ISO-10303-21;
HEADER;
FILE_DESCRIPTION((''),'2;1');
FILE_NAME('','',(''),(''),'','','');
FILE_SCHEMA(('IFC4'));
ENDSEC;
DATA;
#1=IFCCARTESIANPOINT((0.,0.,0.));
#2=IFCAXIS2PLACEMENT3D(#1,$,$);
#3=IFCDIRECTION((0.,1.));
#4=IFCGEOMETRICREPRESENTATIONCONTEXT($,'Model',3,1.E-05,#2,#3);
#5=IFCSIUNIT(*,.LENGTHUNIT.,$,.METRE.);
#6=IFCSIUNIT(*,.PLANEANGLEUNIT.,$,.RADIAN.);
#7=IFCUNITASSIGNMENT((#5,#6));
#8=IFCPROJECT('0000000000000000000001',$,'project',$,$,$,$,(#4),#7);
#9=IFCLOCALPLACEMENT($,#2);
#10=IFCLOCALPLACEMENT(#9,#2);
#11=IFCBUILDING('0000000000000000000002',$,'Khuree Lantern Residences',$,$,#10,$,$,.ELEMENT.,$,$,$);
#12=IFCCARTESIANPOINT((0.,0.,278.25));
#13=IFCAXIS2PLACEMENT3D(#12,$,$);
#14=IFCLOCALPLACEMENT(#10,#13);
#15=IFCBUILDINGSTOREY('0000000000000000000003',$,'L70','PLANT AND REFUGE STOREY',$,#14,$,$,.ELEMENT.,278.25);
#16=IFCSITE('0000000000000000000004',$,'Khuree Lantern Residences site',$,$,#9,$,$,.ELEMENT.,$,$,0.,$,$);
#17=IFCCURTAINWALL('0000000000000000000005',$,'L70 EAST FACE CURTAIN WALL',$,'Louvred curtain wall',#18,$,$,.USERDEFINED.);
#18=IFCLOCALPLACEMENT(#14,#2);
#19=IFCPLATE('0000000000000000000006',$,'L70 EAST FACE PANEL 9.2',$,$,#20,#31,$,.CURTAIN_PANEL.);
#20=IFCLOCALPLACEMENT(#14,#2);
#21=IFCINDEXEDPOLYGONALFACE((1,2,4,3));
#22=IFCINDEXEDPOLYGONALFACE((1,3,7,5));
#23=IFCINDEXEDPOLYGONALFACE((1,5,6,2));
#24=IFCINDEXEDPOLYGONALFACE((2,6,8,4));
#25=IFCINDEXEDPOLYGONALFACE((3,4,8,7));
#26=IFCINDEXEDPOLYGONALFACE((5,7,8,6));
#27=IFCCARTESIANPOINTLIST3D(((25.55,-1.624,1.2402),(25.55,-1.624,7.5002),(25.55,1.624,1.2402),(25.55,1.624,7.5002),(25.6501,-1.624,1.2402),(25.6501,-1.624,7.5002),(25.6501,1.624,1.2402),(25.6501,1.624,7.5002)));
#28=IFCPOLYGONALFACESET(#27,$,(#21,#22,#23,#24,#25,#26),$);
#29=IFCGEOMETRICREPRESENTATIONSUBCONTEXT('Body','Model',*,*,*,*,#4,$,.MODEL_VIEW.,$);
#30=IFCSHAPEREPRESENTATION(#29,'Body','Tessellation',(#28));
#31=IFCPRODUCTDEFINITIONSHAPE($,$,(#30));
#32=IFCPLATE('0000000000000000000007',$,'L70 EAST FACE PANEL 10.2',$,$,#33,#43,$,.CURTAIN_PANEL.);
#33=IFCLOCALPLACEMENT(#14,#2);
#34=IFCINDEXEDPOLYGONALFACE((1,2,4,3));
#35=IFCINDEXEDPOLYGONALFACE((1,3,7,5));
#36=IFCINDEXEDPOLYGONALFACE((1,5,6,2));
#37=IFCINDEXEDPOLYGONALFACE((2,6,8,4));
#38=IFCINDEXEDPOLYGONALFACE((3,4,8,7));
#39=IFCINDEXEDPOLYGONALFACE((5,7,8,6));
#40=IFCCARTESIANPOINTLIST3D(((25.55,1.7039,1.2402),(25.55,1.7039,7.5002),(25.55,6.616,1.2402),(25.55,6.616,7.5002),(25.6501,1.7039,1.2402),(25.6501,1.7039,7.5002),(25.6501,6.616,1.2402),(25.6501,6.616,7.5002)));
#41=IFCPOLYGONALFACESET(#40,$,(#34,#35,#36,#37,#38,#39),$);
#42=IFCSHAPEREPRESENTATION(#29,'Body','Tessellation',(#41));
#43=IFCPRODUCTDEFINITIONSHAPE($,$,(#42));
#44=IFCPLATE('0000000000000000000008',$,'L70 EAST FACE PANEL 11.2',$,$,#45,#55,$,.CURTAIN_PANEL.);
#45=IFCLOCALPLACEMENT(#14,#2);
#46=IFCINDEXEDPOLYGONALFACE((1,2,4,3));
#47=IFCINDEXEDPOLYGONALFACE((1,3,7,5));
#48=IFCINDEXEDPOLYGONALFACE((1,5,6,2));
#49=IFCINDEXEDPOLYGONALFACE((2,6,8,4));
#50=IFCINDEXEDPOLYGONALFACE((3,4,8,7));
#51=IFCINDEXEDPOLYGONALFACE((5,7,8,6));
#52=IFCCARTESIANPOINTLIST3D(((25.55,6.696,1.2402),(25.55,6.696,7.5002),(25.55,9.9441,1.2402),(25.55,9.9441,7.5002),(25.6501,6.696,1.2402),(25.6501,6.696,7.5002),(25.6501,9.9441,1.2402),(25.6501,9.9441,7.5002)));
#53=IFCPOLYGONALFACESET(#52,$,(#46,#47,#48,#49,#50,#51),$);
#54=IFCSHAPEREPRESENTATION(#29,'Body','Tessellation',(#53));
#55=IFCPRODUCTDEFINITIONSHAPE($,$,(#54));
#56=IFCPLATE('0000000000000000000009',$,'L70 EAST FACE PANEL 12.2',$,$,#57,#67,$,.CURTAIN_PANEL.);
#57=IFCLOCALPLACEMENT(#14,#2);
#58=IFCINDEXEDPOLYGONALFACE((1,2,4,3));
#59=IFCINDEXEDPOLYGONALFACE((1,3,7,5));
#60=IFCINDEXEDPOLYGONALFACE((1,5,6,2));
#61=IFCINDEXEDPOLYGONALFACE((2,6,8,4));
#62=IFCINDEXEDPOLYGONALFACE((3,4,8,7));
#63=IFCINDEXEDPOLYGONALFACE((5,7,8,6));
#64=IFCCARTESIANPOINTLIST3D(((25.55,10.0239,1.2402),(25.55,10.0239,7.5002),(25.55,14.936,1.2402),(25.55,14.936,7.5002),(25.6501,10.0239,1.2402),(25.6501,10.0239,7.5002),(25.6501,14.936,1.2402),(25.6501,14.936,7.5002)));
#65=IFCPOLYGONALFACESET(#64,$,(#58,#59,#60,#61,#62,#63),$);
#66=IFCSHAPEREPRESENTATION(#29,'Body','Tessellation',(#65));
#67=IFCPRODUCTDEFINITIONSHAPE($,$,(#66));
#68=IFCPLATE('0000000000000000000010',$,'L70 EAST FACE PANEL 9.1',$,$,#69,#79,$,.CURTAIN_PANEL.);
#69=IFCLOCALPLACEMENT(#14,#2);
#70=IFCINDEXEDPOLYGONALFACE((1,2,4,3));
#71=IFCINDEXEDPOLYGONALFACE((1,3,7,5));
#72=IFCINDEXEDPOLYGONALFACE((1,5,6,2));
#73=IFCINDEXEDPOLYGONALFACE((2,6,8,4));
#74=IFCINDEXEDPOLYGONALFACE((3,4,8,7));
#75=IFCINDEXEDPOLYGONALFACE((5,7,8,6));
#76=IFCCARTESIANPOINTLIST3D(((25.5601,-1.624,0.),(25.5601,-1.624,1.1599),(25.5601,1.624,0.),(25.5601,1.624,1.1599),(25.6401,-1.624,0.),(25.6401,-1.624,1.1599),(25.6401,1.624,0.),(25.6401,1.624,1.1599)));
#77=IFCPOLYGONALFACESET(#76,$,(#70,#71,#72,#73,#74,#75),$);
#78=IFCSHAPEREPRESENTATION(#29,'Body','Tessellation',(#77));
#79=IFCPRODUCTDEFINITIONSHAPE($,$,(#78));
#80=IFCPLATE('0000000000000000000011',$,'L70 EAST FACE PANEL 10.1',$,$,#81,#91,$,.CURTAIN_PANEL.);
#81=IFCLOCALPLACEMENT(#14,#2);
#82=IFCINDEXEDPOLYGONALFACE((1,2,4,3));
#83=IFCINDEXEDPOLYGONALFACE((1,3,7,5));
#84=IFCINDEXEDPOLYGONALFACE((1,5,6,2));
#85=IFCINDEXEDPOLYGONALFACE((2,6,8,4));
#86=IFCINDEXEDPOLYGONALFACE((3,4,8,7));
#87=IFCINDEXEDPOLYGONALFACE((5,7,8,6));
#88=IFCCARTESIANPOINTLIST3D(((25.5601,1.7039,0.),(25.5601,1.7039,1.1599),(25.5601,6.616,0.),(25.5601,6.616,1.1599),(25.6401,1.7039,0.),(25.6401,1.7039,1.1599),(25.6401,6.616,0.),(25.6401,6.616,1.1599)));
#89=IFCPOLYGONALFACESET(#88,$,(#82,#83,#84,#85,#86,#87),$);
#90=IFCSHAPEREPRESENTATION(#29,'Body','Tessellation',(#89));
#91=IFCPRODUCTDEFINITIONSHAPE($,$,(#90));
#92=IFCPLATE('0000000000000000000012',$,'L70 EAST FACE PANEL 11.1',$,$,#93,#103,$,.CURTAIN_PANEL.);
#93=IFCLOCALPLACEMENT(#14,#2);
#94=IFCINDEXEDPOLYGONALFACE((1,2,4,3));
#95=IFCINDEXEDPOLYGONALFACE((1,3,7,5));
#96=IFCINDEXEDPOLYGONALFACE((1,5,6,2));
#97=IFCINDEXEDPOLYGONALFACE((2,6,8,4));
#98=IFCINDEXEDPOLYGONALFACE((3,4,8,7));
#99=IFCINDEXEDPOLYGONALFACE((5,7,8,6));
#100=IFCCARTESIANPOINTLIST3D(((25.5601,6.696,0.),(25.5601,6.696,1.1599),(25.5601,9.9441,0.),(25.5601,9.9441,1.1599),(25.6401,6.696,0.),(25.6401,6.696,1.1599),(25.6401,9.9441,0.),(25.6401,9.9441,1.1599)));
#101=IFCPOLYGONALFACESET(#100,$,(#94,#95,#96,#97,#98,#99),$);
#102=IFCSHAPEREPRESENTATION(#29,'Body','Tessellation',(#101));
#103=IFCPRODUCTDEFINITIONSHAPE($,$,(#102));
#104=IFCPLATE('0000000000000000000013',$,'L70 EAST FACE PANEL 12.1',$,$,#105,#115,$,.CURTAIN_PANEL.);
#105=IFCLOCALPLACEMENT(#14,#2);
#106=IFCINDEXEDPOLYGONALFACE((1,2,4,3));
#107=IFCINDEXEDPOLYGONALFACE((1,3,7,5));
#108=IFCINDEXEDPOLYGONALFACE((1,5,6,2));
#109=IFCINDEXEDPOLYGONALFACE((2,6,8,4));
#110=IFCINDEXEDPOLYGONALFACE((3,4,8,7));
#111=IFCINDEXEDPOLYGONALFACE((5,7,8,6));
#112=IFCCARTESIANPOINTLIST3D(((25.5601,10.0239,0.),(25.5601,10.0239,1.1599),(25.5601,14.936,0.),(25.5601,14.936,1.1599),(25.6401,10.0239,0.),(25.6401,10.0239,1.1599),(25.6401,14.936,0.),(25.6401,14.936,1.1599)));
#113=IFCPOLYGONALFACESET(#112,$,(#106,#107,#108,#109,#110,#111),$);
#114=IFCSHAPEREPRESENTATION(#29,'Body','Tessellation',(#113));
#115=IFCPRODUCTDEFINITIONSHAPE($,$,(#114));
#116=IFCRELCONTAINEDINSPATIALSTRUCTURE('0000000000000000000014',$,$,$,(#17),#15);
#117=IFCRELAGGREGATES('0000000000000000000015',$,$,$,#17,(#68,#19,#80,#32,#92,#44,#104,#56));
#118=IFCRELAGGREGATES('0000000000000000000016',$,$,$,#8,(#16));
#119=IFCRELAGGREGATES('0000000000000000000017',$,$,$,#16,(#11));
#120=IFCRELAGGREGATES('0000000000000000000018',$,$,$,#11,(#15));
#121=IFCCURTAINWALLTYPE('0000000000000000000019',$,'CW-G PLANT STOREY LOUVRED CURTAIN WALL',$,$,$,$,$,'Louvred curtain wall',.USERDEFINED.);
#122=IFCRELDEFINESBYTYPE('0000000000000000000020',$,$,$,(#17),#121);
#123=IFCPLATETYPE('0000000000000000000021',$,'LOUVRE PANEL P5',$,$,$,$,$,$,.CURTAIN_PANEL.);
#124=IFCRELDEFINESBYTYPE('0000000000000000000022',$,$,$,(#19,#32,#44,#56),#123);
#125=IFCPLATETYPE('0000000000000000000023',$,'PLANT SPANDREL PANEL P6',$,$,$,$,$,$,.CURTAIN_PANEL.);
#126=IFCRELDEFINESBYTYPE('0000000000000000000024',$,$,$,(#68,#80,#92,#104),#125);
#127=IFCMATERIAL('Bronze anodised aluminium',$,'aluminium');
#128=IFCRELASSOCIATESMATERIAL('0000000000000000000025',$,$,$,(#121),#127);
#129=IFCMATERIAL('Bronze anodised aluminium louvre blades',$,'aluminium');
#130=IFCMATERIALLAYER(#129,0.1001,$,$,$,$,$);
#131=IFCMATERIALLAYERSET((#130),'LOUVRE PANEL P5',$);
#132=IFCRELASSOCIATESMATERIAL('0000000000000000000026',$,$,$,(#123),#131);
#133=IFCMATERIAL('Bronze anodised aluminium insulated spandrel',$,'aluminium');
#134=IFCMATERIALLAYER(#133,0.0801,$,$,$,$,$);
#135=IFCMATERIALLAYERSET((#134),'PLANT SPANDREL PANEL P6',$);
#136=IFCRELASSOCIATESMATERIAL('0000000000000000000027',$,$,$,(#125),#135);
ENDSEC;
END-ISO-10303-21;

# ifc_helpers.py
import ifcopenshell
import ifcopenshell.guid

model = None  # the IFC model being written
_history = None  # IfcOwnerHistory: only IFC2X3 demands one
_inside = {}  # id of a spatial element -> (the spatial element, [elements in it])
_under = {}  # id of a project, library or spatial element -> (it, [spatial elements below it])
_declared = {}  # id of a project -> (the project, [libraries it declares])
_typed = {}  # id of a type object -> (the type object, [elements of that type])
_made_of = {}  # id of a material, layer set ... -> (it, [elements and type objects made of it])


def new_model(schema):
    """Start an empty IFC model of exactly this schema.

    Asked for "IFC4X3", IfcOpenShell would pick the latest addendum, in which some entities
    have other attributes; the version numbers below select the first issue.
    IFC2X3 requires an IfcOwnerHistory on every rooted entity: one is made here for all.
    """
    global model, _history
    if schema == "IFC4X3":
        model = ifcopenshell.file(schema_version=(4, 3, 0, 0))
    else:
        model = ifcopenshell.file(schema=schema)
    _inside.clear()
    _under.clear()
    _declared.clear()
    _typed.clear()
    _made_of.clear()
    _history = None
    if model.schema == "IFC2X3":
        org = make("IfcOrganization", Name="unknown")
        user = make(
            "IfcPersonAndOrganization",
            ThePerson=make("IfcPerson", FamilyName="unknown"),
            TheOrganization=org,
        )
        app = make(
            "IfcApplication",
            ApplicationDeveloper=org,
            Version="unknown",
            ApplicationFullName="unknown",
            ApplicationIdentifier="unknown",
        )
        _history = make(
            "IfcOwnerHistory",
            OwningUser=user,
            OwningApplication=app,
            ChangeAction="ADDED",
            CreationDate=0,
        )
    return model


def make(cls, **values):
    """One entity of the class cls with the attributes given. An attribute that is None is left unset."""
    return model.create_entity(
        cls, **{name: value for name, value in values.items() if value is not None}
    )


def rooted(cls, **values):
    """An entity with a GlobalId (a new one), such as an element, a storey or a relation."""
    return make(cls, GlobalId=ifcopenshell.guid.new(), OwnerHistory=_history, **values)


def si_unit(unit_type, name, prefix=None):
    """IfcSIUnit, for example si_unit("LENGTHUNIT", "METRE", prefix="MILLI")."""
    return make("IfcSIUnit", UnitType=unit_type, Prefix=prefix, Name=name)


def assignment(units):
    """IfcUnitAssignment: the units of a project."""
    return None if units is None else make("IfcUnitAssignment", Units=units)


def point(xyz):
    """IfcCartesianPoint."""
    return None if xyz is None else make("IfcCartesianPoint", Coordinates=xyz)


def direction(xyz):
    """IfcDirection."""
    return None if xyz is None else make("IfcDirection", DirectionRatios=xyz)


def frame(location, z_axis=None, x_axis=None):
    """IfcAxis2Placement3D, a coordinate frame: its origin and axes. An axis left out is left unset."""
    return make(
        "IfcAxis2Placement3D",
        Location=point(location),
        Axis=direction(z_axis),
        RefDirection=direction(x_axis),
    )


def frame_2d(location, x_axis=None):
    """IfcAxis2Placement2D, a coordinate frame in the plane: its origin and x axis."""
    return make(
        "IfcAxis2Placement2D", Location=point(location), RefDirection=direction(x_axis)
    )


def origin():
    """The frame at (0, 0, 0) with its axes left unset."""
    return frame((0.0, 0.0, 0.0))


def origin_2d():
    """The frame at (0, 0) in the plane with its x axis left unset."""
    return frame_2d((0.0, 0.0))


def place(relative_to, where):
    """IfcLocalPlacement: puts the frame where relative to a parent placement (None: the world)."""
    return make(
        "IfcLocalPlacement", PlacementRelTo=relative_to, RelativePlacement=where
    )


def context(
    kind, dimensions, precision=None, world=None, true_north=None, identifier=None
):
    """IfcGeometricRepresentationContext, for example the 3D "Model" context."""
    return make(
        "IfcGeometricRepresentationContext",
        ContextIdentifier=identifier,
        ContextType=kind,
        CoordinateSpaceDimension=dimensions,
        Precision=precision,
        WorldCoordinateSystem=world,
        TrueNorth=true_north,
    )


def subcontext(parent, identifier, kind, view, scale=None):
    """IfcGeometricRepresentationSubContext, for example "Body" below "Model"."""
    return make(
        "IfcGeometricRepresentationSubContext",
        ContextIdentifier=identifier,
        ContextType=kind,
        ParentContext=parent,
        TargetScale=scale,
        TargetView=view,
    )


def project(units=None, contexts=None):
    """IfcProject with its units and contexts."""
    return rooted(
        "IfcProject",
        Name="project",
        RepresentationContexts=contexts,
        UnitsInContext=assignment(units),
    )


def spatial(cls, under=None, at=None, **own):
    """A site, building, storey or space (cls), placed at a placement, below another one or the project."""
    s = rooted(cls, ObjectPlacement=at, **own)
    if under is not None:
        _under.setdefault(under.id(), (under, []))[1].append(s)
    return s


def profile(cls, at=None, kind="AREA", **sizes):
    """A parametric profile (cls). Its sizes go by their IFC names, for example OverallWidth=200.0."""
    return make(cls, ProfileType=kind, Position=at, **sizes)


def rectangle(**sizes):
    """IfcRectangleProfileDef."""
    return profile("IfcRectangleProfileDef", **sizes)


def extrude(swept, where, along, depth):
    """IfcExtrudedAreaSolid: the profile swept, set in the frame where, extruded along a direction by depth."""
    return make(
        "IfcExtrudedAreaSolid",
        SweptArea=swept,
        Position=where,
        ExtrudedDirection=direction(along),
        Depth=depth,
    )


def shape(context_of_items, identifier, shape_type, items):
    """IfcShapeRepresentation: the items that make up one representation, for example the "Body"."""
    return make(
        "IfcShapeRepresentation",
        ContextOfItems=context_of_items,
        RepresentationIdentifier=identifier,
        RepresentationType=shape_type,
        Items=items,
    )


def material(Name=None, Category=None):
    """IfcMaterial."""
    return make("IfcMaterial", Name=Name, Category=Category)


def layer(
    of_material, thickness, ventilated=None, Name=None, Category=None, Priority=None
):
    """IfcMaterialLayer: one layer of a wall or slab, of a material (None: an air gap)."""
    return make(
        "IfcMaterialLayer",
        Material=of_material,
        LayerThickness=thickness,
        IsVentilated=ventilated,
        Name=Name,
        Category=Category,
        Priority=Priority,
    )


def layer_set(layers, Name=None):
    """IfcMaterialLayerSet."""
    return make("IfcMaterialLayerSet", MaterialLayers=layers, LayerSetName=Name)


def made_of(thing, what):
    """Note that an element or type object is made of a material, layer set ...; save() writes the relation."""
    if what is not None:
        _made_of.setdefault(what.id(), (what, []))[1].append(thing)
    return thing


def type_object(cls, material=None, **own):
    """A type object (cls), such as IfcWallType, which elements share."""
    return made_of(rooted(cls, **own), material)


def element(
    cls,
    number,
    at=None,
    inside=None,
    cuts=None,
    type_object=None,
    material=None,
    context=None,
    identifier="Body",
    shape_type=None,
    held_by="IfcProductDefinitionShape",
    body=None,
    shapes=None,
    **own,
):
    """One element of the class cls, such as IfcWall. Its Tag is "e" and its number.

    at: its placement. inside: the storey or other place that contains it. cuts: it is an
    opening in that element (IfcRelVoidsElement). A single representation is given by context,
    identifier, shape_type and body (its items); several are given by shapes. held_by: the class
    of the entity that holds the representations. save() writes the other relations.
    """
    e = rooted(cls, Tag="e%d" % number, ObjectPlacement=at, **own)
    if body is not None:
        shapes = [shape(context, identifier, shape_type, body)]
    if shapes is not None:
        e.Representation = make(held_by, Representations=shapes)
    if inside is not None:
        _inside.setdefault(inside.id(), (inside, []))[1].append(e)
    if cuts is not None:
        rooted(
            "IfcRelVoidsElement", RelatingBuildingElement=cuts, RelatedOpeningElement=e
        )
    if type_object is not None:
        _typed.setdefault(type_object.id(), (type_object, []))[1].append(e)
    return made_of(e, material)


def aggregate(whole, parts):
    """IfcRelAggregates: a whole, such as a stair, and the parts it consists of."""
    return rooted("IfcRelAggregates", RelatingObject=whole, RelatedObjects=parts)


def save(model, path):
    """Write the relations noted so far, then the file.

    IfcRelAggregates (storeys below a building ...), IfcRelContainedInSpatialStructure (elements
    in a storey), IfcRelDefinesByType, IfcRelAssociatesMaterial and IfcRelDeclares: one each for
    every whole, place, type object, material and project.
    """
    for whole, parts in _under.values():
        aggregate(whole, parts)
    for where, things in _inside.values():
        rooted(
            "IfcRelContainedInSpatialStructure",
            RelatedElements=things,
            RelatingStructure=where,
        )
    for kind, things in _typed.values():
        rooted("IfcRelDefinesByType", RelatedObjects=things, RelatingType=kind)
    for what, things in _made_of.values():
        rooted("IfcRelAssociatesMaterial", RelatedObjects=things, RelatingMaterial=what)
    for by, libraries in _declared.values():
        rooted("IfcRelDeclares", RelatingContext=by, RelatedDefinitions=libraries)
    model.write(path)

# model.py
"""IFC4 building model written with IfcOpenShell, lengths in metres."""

from ifc_helpers import new_model, si_unit, direction, frame, origin, origin_2d, place, context, subcontext, project, spatial, rectangle, extrude, material, layer, layer_set, type_object, element, aggregate, save


model = new_model("IFC4")

# Units and contexts
model_context = context("Model", 3, precision=1e-05, world=origin(), true_north=direction((0.0, 1.0)))
body_context = subcontext(model_context, "Body", "Model", "MODEL_VIEW")
ifc_project = project(units=[si_unit("LENGTHUNIT", "METRE"), si_unit("PLANEANGLEUNIT", "RADIAN")], contexts=[model_context])

# Site, building, storey
site_placement = place(None, origin())
site = spatial("IfcSite", under=ifc_project, at=site_placement, Name="Khuree Lantern Residences site", CompositionType="ELEMENT", RefElevation=0.0)
building_placement = place(site_placement, origin())
building = spatial("IfcBuilding", under=site, at=building_placement, Name="Khuree Lantern Residences", CompositionType="ELEMENT")
storey_placement = place(building_placement, frame((0.0, 0.0, 278.25)))
storey = spatial("IfcBuildingStorey", under=building, at=storey_placement, Name="L70", Description="PLANT AND REFUGE STOREY", CompositionType="ELEMENT", Elevation=278.25)

# Curtain wall
ifc_material_1 = material(Name="Bronze anodised aluminium", Category="aluminium")
curtain_wall_type = type_object("IfcCurtainWallType", Name="CW-G PLANT STOREY LOUVRED CURTAIN WALL", ElementType="Louvred curtain wall", PredefinedType="USERDEFINED", material=ifc_material_1)
curtain_wall_placement = place(storey_placement, origin())
curtain_wall = element("IfcCurtainWall", 1, at=curtain_wall_placement, inside=storey, type_object=curtain_wall_type, Name="L70 EAST FACE CURTAIN WALL", ObjectType="Louvred curtain wall", PredefinedType="USERDEFINED")

# Plates
ifc_material_2 = material(Name="Bronze anodised aluminium louvre blades", Category="aluminium")
ifc_layer_1 = layer(ifc_material_2, 0.1001)
ifc_layer_set_1 = layer_set([ifc_layer_1], Name="LOUVRE PANEL P5")
plate_type_1 = type_object("IfcPlateType", Name="LOUVRE PANEL P5", PredefinedType="CURTAIN_PANEL", material=ifc_layer_set_1)
plate_1_placement = place(storey_placement, frame((25.6001, 0.0, 1.2402), z_axis=(0.0, 0.0, 1.0), x_axis=(0.0, 1.0, 0.0)))
plate_1 = element("IfcPlate", 2, at=plate_1_placement, type_object=plate_type_1, Name="L70 EAST FACE PANEL 9.2", PredefinedType="CURTAIN_PANEL", context=body_context, shape_type="SweptSolid", body=[
    extrude(rectangle(XDim=3.248, YDim=0.1001, at=origin_2d()), origin(), (0.0, 0.0, 1.0), 6.26),
])
plate_2_placement = place(storey_placement, frame((25.6001, 4.1599, 1.2402), z_axis=(0.0, 0.0, 1.0), x_axis=(0.0, 1.0, 0.0)))
plate_2 = element("IfcPlate", 3, at=plate_2_placement, type_object=plate_type_1, Name="L70 EAST FACE PANEL 10.2", PredefinedType="CURTAIN_PANEL", context=body_context, shape_type="SweptSolid", body=[
    extrude(rectangle(XDim=4.9121, YDim=0.1001, at=origin_2d()), origin(), (0.0, 0.0, 1.0), 6.26),
])
plate_3_placement = place(storey_placement, frame((25.6001, 8.3201, 1.2402), z_axis=(0.0, 0.0, 1.0), x_axis=(0.0, 1.0, 0.0)))
plate_3 = element("IfcPlate", 4, at=plate_3_placement, type_object=plate_type_1, Name="L70 EAST FACE PANEL 11.2", PredefinedType="CURTAIN_PANEL", context=body_context, shape_type="SweptSolid", body=[
    extrude(rectangle(XDim=3.248, YDim=0.1001, at=origin_2d()), origin(), (0.0, 0.0, 1.0), 6.26),
])
plate_4_placement = place(storey_placement, frame((25.6001, 12.48, 1.2402), z_axis=(0.0, 0.0, 1.0), x_axis=(0.0, 1.0, 0.0)))
plate_4 = element("IfcPlate", 5, at=plate_4_placement, type_object=plate_type_1, Name="L70 EAST FACE PANEL 12.2", PredefinedType="CURTAIN_PANEL", context=body_context, shape_type="SweptSolid", body=[
    extrude(rectangle(XDim=4.9121, YDim=0.1001, at=origin_2d()), origin(), (0.0, 0.0, 1.0), 6.26),
])
ifc_material_3 = material(Name="Bronze anodised aluminium insulated spandrel", Category="aluminium")
ifc_layer_2 = layer(ifc_material_3, 0.0801)
ifc_layer_set_2 = layer_set([ifc_layer_2], Name="PLANT SPANDREL PANEL P6")
plate_type_2 = type_object("IfcPlateType", Name="PLANT SPANDREL PANEL P6", PredefinedType="CURTAIN_PANEL", material=ifc_layer_set_2)
plate_5_placement = place(storey_placement, frame((25.6001, 0.0, 0.0), z_axis=(0.0, 0.0, 1.0), x_axis=(0.0, 1.0, 0.0)))
plate_5 = element("IfcPlate", 6, at=plate_5_placement, type_object=plate_type_2, Name="L70 EAST FACE PANEL 9.1", PredefinedType="CURTAIN_PANEL", context=body_context, shape_type="SweptSolid", body=[
    extrude(rectangle(XDim=3.248, YDim=0.0801, at=origin_2d()), origin(), (0.0, 0.0, 1.0), 1.1599),
])
plate_6_placement = place(storey_placement, frame((25.6001, 4.1599, 0.0), z_axis=(0.0, 0.0, 1.0), x_axis=(0.0, 1.0, 0.0)))
plate_6 = element("IfcPlate", 7, at=plate_6_placement, type_object=plate_type_2, Name="L70 EAST FACE PANEL 10.1", PredefinedType="CURTAIN_PANEL", context=body_context, shape_type="SweptSolid", body=[
    extrude(rectangle(XDim=4.9121, YDim=0.0801, at=origin_2d()), origin(), (0.0, 0.0, 1.0), 1.1599),
])
plate_7_placement = place(storey_placement, frame((25.6001, 8.3201, 0.0), z_axis=(0.0, 0.0, 1.0), x_axis=(0.0, 1.0, 0.0)))
plate_7 = element("IfcPlate", 8, at=plate_7_placement, type_object=plate_type_2, Name="L70 EAST FACE PANEL 11.1", PredefinedType="CURTAIN_PANEL", context=body_context, shape_type="SweptSolid", body=[
    extrude(rectangle(XDim=3.248, YDim=0.0801, at=origin_2d()), origin(), (0.0, 0.0, 1.0), 1.1599),
])
plate_8_placement = place(storey_placement, frame((25.6001, 12.48, 0.0), z_axis=(0.0, 0.0, 1.0), x_axis=(0.0, 1.0, 0.0)))
plate_8 = element("IfcPlate", 9, at=plate_8_placement, type_object=plate_type_2, Name="L70 EAST FACE PANEL 12.1", PredefinedType="CURTAIN_PANEL", context=body_context, shape_type="SweptSolid", body=[
    extrude(rectangle(XDim=4.9121, YDim=0.0801, at=origin_2d()), origin(), (0.0, 0.0, 1.0), 1.1599),
])
aggregate(curtain_wall, [plate_5, plate_1, plate_6, plate_2, plate_7, plate_3, plate_8, plate_4])

save(model, "model.ifc")
